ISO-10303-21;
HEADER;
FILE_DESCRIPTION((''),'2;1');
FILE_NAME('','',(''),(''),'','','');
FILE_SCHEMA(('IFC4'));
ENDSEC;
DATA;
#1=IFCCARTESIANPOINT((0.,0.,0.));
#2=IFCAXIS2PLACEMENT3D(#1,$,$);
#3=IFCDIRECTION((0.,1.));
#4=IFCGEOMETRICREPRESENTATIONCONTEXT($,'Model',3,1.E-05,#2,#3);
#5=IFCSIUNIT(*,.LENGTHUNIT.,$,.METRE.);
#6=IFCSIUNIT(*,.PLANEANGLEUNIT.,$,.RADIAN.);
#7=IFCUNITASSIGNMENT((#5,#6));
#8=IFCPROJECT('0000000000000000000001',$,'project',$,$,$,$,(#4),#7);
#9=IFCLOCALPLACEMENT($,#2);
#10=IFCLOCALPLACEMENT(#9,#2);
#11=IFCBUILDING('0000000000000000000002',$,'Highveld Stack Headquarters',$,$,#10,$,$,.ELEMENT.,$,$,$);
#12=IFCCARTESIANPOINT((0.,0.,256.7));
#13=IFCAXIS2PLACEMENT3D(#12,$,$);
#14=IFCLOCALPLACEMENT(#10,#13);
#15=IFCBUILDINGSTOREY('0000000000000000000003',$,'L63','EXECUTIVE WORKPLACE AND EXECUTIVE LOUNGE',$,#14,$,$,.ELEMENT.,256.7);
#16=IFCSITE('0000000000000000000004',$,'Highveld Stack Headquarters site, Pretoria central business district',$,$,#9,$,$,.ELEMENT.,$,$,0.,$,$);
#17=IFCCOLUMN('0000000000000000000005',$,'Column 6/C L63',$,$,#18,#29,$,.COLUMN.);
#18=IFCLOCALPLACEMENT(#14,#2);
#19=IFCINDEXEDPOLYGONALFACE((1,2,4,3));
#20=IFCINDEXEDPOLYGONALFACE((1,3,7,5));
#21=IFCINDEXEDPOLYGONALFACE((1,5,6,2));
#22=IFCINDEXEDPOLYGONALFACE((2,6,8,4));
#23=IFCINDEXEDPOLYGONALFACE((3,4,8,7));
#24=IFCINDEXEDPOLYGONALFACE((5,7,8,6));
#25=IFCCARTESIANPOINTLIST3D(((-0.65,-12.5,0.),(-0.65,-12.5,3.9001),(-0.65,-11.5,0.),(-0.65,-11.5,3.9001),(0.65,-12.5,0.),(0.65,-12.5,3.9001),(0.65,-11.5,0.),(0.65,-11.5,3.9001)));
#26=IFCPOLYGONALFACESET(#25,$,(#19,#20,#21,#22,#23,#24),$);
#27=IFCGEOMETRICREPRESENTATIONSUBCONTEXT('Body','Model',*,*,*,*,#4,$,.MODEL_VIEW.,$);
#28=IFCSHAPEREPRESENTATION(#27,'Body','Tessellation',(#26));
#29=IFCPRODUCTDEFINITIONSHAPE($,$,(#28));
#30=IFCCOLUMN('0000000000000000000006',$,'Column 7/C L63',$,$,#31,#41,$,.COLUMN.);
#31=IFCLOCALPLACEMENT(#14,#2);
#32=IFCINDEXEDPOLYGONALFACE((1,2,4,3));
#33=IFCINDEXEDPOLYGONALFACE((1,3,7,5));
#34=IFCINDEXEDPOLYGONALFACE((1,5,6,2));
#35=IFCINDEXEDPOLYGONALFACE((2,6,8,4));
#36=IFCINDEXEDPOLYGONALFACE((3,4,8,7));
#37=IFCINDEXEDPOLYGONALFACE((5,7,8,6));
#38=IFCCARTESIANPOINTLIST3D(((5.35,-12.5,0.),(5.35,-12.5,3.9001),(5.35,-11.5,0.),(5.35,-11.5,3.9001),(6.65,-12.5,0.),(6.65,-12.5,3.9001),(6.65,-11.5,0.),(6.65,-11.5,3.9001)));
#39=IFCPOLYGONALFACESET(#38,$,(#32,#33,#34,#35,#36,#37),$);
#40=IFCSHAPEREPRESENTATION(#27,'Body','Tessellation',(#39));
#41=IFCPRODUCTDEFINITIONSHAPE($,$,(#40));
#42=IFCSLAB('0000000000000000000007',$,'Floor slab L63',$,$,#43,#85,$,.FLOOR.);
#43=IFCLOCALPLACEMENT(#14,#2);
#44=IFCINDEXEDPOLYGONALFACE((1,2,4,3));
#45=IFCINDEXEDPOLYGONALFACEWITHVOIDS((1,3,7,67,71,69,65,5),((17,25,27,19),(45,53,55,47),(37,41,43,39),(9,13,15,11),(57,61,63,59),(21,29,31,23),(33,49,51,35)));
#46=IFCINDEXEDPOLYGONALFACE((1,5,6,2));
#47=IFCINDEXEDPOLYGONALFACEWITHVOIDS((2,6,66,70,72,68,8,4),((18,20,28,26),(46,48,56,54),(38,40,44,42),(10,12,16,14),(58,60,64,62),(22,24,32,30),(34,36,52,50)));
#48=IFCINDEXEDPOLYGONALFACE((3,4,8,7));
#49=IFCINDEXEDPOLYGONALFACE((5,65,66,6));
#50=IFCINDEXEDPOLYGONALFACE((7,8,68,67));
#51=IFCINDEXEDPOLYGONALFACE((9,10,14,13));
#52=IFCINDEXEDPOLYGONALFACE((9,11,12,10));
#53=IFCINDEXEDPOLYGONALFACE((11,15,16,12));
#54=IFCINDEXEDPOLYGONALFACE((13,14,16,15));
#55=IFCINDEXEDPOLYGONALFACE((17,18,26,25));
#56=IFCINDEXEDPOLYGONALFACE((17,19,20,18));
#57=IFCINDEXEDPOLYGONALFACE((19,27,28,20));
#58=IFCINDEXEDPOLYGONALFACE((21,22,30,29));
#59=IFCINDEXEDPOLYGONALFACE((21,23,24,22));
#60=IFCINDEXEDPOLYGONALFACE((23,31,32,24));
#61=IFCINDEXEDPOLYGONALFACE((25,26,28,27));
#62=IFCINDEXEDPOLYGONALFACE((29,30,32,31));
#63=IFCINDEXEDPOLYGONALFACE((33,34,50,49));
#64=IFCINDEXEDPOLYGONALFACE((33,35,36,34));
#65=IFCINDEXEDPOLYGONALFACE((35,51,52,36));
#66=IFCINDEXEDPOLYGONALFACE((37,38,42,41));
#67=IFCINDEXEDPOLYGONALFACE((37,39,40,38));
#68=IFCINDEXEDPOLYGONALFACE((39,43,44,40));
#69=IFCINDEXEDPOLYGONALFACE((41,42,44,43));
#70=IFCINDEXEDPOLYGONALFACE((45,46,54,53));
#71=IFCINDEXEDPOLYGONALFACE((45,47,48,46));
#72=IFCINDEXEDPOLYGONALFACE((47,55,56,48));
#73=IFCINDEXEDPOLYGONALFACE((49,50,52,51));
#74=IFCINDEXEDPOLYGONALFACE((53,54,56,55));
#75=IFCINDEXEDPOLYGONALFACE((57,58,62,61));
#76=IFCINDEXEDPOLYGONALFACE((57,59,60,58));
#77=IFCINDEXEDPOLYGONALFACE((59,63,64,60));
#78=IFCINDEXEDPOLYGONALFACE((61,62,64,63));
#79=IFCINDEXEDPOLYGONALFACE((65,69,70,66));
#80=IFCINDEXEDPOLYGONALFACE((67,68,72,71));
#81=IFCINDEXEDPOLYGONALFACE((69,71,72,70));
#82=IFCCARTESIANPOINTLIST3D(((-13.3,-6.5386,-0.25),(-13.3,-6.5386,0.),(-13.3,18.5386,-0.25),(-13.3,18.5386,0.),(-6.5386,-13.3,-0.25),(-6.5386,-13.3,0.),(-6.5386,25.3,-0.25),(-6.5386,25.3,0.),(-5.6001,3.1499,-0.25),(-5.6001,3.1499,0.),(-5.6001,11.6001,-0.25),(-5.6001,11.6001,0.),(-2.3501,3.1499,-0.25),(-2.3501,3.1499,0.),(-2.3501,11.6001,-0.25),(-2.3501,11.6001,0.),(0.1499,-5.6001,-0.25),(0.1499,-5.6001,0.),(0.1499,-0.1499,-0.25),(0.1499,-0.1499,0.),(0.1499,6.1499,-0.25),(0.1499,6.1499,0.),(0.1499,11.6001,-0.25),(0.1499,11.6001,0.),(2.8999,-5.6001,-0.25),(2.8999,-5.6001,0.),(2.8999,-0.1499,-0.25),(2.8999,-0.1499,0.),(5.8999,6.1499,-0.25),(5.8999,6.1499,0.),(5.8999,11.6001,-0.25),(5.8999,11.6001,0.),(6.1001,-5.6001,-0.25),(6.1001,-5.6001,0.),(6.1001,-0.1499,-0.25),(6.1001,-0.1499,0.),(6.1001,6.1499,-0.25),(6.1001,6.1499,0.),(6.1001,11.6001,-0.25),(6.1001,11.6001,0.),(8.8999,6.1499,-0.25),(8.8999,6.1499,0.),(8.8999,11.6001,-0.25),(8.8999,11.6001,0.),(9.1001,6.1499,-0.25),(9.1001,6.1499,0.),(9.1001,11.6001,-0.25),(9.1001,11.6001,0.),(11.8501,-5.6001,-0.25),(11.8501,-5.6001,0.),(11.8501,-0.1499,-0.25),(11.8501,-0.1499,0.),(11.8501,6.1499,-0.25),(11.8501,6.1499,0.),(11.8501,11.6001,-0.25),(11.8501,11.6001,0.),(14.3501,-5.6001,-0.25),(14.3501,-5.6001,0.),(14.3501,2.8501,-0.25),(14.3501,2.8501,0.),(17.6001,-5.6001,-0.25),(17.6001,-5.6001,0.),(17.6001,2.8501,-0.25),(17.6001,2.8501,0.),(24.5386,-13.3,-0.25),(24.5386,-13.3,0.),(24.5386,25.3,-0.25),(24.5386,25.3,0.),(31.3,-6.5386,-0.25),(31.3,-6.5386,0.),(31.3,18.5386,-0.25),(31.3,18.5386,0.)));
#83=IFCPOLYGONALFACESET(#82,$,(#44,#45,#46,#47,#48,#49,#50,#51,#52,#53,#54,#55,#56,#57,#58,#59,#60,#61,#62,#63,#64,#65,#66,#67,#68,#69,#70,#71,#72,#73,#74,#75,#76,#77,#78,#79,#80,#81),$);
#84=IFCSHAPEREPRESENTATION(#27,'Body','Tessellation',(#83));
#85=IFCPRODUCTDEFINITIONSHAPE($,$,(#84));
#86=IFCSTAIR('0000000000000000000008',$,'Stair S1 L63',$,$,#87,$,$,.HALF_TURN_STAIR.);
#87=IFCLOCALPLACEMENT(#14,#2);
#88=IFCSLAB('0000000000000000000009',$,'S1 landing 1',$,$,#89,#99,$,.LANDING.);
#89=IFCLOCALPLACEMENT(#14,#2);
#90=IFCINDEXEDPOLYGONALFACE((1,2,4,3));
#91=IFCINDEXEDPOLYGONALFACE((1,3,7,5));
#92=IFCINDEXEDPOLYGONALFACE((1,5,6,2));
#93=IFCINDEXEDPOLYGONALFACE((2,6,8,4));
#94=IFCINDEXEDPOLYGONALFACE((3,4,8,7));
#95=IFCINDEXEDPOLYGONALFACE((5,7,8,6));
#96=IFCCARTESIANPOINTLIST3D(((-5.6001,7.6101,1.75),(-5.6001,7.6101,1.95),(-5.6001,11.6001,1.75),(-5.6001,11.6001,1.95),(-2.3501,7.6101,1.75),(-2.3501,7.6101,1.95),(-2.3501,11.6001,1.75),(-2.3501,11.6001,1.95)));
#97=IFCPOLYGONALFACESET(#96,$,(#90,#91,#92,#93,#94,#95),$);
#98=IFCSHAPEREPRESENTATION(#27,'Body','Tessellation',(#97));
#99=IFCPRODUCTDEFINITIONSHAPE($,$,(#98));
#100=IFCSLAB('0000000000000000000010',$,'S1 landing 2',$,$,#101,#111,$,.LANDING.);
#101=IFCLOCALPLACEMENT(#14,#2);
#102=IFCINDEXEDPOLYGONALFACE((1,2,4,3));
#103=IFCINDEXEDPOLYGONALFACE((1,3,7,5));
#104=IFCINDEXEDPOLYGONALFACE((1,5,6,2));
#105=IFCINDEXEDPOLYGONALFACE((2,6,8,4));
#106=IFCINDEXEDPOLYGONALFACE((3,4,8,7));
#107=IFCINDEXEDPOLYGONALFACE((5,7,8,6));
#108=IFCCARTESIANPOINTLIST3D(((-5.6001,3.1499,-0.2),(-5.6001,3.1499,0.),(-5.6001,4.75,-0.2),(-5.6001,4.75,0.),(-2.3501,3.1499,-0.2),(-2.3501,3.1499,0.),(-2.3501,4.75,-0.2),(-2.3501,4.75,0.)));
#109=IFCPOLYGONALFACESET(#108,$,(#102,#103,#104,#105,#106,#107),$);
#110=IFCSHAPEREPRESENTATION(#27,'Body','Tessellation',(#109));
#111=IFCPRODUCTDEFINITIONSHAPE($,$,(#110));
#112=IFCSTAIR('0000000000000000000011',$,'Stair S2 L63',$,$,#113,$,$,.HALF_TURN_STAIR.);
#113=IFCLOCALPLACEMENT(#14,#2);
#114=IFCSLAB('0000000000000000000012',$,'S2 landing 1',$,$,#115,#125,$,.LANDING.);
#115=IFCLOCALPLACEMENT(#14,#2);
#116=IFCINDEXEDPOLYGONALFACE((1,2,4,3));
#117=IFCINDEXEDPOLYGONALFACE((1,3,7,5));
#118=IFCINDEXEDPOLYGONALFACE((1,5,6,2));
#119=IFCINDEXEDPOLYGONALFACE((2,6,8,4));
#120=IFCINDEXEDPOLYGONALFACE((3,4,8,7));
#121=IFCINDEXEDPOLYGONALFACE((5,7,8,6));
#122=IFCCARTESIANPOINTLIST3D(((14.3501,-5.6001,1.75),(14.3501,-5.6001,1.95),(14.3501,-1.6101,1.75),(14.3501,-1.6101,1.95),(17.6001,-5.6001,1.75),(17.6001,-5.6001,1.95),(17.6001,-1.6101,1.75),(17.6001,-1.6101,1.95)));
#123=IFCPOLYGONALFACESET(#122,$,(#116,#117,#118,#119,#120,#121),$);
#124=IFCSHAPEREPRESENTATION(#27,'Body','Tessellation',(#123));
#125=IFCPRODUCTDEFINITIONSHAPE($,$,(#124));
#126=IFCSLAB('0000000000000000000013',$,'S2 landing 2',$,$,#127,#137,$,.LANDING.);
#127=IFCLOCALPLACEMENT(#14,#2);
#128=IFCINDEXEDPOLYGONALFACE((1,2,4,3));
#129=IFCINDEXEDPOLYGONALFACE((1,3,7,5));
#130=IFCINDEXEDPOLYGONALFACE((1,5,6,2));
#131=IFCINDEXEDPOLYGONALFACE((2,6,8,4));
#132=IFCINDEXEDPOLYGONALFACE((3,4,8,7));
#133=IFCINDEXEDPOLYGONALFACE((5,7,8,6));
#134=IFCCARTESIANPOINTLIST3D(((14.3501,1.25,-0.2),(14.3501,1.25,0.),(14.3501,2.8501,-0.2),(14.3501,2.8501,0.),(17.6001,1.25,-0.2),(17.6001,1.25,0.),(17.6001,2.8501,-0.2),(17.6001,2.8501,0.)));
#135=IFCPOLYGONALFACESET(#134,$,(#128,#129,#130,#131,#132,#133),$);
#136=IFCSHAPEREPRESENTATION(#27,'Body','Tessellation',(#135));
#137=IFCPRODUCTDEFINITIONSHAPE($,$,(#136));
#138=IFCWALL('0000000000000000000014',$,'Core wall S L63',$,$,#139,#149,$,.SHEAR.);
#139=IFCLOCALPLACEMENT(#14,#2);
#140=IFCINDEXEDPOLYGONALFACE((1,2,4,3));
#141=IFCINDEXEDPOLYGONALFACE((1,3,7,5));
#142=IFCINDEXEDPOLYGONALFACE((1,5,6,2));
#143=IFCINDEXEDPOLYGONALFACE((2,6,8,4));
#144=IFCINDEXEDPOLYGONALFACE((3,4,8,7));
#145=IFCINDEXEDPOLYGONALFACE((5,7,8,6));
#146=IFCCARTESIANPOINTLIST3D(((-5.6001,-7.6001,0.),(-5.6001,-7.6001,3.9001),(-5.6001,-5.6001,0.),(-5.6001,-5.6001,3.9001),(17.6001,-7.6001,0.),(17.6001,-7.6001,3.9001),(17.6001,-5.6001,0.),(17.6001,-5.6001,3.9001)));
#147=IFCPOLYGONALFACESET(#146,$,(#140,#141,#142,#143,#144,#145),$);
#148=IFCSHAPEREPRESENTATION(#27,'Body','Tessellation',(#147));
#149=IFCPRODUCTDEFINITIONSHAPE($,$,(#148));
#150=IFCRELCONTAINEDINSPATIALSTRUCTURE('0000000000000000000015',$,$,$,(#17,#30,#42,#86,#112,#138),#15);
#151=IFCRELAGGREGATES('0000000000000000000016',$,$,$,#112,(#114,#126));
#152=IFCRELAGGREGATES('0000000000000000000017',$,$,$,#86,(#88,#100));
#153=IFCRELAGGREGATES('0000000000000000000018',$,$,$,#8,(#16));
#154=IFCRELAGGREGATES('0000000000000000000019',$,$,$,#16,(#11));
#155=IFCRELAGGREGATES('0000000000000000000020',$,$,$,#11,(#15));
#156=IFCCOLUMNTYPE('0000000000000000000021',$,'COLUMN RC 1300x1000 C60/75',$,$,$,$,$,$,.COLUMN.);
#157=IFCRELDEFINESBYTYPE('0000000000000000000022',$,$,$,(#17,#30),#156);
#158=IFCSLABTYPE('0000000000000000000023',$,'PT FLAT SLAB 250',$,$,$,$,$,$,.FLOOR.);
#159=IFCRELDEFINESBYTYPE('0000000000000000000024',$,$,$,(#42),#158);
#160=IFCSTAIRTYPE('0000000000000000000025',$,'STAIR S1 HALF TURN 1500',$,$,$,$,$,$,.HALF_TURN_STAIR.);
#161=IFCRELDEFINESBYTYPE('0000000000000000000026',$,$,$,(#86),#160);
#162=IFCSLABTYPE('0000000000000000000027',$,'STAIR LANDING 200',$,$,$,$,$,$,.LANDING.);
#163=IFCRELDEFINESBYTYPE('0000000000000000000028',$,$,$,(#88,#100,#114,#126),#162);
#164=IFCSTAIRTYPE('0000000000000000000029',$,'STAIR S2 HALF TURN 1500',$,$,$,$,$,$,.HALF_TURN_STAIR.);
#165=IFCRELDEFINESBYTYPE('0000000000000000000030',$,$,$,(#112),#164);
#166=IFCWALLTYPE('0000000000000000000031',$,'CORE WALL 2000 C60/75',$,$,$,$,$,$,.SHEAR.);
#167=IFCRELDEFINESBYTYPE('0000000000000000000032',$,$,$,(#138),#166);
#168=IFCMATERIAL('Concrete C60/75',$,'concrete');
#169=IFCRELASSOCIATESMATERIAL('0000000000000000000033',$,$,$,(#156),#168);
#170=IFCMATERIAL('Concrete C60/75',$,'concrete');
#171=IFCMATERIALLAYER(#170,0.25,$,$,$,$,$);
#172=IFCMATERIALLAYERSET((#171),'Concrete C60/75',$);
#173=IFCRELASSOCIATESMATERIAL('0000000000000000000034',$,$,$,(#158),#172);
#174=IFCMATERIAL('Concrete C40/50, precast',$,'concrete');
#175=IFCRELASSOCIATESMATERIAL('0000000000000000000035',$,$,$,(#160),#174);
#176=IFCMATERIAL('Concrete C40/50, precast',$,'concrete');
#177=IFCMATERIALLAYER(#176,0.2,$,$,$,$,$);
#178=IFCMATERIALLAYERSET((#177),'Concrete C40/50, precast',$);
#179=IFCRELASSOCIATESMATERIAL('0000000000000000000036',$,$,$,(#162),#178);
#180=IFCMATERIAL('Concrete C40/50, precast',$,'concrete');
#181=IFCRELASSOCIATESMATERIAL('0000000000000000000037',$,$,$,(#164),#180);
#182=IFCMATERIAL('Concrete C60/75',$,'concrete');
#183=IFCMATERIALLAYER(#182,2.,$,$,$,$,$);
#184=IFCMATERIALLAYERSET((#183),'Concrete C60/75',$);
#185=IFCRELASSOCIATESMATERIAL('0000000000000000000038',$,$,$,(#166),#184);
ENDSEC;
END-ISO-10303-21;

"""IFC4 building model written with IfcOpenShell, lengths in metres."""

from ifc_helpers import new_model, si_unit, direction, frame, frame_2d, origin, origin_2d, place, context, subcontext, project, spatial, polyline, rectangle, outline, extrude, material, layer, layer_set, material_profile, profile_set, type_object, element, aggregate, save


model = new_model("IFC4")

# Units and contexts
model_context = context("Model", 3, precision=1e-05, world=origin(), true_north=direction((0.0, 1.0)))
body_context = subcontext(model_context, "Body", "Model", "MODEL_VIEW")
ifc_project = project(units=[si_unit("LENGTHUNIT", "METRE"), si_unit("PLANEANGLEUNIT", "RADIAN")], contexts=[model_context])

# Site, building, storey
site_placement = place(None, origin())
site = spatial("IfcSite", under=ifc_project, at=site_placement, Name="Highveld Stack Headquarters site, Pretoria central business district", CompositionType="ELEMENT", RefElevation=0.0)
building_placement = place(site_placement, origin())
building = spatial("IfcBuilding", under=site, at=building_placement, Name="Highveld Stack Headquarters", CompositionType="ELEMENT")
storey_placement = place(building_placement, frame((0.0, 0.0, 256.7)))
storey = spatial("IfcBuildingStorey", under=building, at=storey_placement, Name="L63", Description="EXECUTIVE WORKPLACE AND EXECUTIVE LOUNGE", CompositionType="ELEMENT", Elevation=256.7)

# Columns
ifc_material_1 = material(Name="Concrete C60/75", Category="concrete")
ifc_material_profile = material_profile(ifc_material_1, rectangle(XDim=1.3, YDim=1.0, at=origin_2d()), Name="RC 1300x1000")
ifc_profile_set = profile_set([ifc_material_profile], Name="Concrete C60/75")
column_type = type_object("IfcColumnType", Name="COLUMN RC 1300x1000 C60/75", PredefinedType="COLUMN", material=ifc_profile_set)
for number, where, z_axis, x_axis, name in (
    (1, (0.0, -12.0, 0.0), (0.0, 0.0, 1.0), (1.0, 0.0, 0.0), "Column 6/C L63"),
    (2, (6.0, -12.0, 0.0), (0.0, 0.0, 1.0), (1.0, 0.0, 0.0), "Column 7/C L63"),
):
    element("IfcColumn", number, at=place(storey_placement, frame(where, z_axis=z_axis, x_axis=x_axis)), inside=storey, type_object=column_type, Name=name, PredefinedType="COLUMN", context=body_context, shape_type="SweptSolid", body=[
        extrude(rectangle(XDim=1.3, YDim=1.0, at=origin_2d()), origin(), (0.0, 0.0, 1.0), 3.9001),
    ])

# Slab
ifc_material_2 = material(Name="Concrete C60/75", Category="concrete")
ifc_layer_1 = layer(ifc_material_2, 0.25)
ifc_layer_set_1 = layer_set([ifc_layer_1], Name="Concrete C60/75")
slab_type_1 = type_object("IfcSlabType", Name="PT FLAT SLAB 250", PredefinedType="FLOOR", material=ifc_layer_set_1)
slab_1_placement = place(storey_placement, frame((0.0, 0.0, -0.25)))
element("IfcSlab", 3, at=slab_1_placement, inside=storey, type_object=slab_type_1, Name="Floor slab L63", PredefinedType="FLOOR", context=body_context, shape_type="SweptSolid", body=[
    extrude(outline(polyline([(-6.5386, -13.3), (24.5386, -13.3), (31.3, -6.5386), (31.3, 18.5386), (24.5386, 25.3), (-6.5386, 25.3), (-13.3, 18.5386), (-13.3, -6.5386), (-6.5386, -13.3)]), holes=[polyline([(0.1499, 6.1499), (5.8999, 6.1499), (5.8999, 11.6001), (0.1499, 11.6001), (0.1499, 6.1499)]), polyline([(9.1001, 6.1499), (11.8501, 6.1499), (11.8501, 11.6001), (9.1001, 11.6001), (9.1001, 6.1499)]), polyline([(6.1001, 6.1499), (8.8999, 6.1499), (8.8999, 11.6001), (6.1001, 11.6001), (6.1001, 6.1499)]), polyline([(6.1001, -5.6001), (11.8501, -5.6001), (11.8501, -0.1499), (6.1001, -0.1499), (6.1001, -5.6001)]), polyline([(0.1499, -5.6001), (2.8999, -5.6001), (2.8999, -0.1499), (0.1499, -0.1499), (0.1499, -5.6001)]), polyline([(-5.6001, 3.1499), (-2.3501, 3.1499), (-2.3501, 11.6001), (-5.6001, 11.6001), (-5.6001, 3.1499)]), polyline([(14.3501, -5.6001), (17.6001, -5.6001), (17.6001, 2.8501), (14.3501, 2.8501), (14.3501, -5.6001)])]), origin(), (0.0, 0.0, 1.0), 0.25),
])

# Stairs, slabs
ifc_material_3 = material(Name="Concrete C40/50, precast", Category="concrete")
stair_type_1 = type_object("IfcStairType", Name="STAIR S1 HALF TURN 1500", PredefinedType="HALF_TURN_STAIR", material=ifc_material_3)
stair_1_placement = place(storey_placement, origin())
stair_1 = element("IfcStair", 4, at=stair_1_placement, inside=storey, type_object=stair_type_1, Name="Stair S1 L63", PredefinedType="HALF_TURN_STAIR")
ifc_material_4 = material(Name="Concrete C40/50, precast", Category="concrete")
ifc_layer_2 = layer(ifc_material_4, 0.2)
ifc_layer_set_2 = layer_set([ifc_layer_2], Name="Concrete C40/50, precast")
slab_type_2 = type_object("IfcSlabType", Name="STAIR LANDING 200", PredefinedType="LANDING", material=ifc_layer_set_2)
slab_2_placement = place(storey_placement, frame((0.0, 0.0, 1.75)))
slab_2 = element("IfcSlab", 5, at=slab_2_placement, type_object=slab_type_2, Name="S1 landing 1", PredefinedType="LANDING", context=body_context, shape_type="SweptSolid", body=[
    extrude(outline(polyline([(-5.6001, 7.6101), (-2.3501, 7.6101), (-2.3501, 11.6001), (-5.6001, 11.6001), (-5.6001, 7.6101)])), origin(), (0.0, 0.0, 1.0), 0.2),
])
slab_3_placement = place(storey_placement, frame((0.0, 0.0, -0.2)))
slab_3 = element("IfcSlab", 6, at=slab_3_placement, type_object=slab_type_2, Name="S1 landing 2", PredefinedType="LANDING", context=body_context, shape_type="SweptSolid", body=[
    extrude(outline(polyline([(-5.6001, 3.1499), (-2.3501, 3.1499), (-2.3501, 4.75), (-5.6001, 4.75), (-5.6001, 3.1499)])), origin(), (0.0, 0.0, 1.0), 0.2),
])
ifc_material_5 = material(Name="Concrete C40/50, precast", Category="concrete")
stair_type_2 = type_object("IfcStairType", Name="STAIR S2 HALF TURN 1500", PredefinedType="HALF_TURN_STAIR", material=ifc_material_5)
stair_2_placement = place(storey_placement, origin())
stair_2 = element("IfcStair", 7, at=stair_2_placement, inside=storey, type_object=stair_type_2, Name="Stair S2 L63", PredefinedType="HALF_TURN_STAIR")
slab_4_placement = place(storey_placement, frame((0.0, 0.0, 1.75)))
slab_4 = element("IfcSlab", 8, at=slab_4_placement, type_object=slab_type_2, Name="S2 landing 1", PredefinedType="LANDING", context=body_context, shape_type="SweptSolid", body=[
    extrude(outline(polyline([(14.3501, -5.6001), (17.6001, -5.6001), (17.6001, -1.6101), (14.3501, -1.6101), (14.3501, -5.6001)])), origin(), (0.0, 0.0, 1.0), 0.2),
])
slab_5_placement = place(storey_placement, frame((0.0, 0.0, -0.2)))
slab_5 = element("IfcSlab", 9, at=slab_5_placement, type_object=slab_type_2, Name="S2 landing 2", PredefinedType="LANDING", context=body_context, shape_type="SweptSolid", body=[
    extrude(outline(polyline([(14.3501, 1.25), (17.6001, 1.25), (17.6001, 2.8501), (14.3501, 2.8501), (14.3501, 1.25)])), origin(), (0.0, 0.0, 1.0), 0.2),
])
aggregate(stair_2, [slab_4, slab_5])

# Wall
ifc_material_6 = material(Name="Concrete C60/75", Category="concrete")
ifc_layer_3 = layer(ifc_material_6, 2.0)
ifc_layer_set_3 = layer_set([ifc_layer_3], Name="Concrete C60/75")
wall_type_1 = type_object("IfcWallType", Name="CORE WALL 2000 C60/75", PredefinedType="SHEAR", material=ifc_layer_set_3)
wall_1_placement = place(storey_placement, frame((-5.6001, -6.6001, 0.0), z_axis=(0.0, 0.0, 1.0), x_axis=(1.0, 0.0, 0.0)))
element("IfcWall", 10, at=wall_1_placement, inside=storey, type_object=wall_type_1, Name="Core wall S L63", PredefinedType="SHEAR", context=body_context, shape_type="SweptSolid", body=[
    extrude(rectangle(XDim=23.2002, YDim=2.0, at=frame_2d((11.6001, 0.0))), origin(), (0.0, 0.0, 1.0), 3.9001),
])

aggregate(stair_1, [slab_2, slab_3])

save(model, "model.ifc")
